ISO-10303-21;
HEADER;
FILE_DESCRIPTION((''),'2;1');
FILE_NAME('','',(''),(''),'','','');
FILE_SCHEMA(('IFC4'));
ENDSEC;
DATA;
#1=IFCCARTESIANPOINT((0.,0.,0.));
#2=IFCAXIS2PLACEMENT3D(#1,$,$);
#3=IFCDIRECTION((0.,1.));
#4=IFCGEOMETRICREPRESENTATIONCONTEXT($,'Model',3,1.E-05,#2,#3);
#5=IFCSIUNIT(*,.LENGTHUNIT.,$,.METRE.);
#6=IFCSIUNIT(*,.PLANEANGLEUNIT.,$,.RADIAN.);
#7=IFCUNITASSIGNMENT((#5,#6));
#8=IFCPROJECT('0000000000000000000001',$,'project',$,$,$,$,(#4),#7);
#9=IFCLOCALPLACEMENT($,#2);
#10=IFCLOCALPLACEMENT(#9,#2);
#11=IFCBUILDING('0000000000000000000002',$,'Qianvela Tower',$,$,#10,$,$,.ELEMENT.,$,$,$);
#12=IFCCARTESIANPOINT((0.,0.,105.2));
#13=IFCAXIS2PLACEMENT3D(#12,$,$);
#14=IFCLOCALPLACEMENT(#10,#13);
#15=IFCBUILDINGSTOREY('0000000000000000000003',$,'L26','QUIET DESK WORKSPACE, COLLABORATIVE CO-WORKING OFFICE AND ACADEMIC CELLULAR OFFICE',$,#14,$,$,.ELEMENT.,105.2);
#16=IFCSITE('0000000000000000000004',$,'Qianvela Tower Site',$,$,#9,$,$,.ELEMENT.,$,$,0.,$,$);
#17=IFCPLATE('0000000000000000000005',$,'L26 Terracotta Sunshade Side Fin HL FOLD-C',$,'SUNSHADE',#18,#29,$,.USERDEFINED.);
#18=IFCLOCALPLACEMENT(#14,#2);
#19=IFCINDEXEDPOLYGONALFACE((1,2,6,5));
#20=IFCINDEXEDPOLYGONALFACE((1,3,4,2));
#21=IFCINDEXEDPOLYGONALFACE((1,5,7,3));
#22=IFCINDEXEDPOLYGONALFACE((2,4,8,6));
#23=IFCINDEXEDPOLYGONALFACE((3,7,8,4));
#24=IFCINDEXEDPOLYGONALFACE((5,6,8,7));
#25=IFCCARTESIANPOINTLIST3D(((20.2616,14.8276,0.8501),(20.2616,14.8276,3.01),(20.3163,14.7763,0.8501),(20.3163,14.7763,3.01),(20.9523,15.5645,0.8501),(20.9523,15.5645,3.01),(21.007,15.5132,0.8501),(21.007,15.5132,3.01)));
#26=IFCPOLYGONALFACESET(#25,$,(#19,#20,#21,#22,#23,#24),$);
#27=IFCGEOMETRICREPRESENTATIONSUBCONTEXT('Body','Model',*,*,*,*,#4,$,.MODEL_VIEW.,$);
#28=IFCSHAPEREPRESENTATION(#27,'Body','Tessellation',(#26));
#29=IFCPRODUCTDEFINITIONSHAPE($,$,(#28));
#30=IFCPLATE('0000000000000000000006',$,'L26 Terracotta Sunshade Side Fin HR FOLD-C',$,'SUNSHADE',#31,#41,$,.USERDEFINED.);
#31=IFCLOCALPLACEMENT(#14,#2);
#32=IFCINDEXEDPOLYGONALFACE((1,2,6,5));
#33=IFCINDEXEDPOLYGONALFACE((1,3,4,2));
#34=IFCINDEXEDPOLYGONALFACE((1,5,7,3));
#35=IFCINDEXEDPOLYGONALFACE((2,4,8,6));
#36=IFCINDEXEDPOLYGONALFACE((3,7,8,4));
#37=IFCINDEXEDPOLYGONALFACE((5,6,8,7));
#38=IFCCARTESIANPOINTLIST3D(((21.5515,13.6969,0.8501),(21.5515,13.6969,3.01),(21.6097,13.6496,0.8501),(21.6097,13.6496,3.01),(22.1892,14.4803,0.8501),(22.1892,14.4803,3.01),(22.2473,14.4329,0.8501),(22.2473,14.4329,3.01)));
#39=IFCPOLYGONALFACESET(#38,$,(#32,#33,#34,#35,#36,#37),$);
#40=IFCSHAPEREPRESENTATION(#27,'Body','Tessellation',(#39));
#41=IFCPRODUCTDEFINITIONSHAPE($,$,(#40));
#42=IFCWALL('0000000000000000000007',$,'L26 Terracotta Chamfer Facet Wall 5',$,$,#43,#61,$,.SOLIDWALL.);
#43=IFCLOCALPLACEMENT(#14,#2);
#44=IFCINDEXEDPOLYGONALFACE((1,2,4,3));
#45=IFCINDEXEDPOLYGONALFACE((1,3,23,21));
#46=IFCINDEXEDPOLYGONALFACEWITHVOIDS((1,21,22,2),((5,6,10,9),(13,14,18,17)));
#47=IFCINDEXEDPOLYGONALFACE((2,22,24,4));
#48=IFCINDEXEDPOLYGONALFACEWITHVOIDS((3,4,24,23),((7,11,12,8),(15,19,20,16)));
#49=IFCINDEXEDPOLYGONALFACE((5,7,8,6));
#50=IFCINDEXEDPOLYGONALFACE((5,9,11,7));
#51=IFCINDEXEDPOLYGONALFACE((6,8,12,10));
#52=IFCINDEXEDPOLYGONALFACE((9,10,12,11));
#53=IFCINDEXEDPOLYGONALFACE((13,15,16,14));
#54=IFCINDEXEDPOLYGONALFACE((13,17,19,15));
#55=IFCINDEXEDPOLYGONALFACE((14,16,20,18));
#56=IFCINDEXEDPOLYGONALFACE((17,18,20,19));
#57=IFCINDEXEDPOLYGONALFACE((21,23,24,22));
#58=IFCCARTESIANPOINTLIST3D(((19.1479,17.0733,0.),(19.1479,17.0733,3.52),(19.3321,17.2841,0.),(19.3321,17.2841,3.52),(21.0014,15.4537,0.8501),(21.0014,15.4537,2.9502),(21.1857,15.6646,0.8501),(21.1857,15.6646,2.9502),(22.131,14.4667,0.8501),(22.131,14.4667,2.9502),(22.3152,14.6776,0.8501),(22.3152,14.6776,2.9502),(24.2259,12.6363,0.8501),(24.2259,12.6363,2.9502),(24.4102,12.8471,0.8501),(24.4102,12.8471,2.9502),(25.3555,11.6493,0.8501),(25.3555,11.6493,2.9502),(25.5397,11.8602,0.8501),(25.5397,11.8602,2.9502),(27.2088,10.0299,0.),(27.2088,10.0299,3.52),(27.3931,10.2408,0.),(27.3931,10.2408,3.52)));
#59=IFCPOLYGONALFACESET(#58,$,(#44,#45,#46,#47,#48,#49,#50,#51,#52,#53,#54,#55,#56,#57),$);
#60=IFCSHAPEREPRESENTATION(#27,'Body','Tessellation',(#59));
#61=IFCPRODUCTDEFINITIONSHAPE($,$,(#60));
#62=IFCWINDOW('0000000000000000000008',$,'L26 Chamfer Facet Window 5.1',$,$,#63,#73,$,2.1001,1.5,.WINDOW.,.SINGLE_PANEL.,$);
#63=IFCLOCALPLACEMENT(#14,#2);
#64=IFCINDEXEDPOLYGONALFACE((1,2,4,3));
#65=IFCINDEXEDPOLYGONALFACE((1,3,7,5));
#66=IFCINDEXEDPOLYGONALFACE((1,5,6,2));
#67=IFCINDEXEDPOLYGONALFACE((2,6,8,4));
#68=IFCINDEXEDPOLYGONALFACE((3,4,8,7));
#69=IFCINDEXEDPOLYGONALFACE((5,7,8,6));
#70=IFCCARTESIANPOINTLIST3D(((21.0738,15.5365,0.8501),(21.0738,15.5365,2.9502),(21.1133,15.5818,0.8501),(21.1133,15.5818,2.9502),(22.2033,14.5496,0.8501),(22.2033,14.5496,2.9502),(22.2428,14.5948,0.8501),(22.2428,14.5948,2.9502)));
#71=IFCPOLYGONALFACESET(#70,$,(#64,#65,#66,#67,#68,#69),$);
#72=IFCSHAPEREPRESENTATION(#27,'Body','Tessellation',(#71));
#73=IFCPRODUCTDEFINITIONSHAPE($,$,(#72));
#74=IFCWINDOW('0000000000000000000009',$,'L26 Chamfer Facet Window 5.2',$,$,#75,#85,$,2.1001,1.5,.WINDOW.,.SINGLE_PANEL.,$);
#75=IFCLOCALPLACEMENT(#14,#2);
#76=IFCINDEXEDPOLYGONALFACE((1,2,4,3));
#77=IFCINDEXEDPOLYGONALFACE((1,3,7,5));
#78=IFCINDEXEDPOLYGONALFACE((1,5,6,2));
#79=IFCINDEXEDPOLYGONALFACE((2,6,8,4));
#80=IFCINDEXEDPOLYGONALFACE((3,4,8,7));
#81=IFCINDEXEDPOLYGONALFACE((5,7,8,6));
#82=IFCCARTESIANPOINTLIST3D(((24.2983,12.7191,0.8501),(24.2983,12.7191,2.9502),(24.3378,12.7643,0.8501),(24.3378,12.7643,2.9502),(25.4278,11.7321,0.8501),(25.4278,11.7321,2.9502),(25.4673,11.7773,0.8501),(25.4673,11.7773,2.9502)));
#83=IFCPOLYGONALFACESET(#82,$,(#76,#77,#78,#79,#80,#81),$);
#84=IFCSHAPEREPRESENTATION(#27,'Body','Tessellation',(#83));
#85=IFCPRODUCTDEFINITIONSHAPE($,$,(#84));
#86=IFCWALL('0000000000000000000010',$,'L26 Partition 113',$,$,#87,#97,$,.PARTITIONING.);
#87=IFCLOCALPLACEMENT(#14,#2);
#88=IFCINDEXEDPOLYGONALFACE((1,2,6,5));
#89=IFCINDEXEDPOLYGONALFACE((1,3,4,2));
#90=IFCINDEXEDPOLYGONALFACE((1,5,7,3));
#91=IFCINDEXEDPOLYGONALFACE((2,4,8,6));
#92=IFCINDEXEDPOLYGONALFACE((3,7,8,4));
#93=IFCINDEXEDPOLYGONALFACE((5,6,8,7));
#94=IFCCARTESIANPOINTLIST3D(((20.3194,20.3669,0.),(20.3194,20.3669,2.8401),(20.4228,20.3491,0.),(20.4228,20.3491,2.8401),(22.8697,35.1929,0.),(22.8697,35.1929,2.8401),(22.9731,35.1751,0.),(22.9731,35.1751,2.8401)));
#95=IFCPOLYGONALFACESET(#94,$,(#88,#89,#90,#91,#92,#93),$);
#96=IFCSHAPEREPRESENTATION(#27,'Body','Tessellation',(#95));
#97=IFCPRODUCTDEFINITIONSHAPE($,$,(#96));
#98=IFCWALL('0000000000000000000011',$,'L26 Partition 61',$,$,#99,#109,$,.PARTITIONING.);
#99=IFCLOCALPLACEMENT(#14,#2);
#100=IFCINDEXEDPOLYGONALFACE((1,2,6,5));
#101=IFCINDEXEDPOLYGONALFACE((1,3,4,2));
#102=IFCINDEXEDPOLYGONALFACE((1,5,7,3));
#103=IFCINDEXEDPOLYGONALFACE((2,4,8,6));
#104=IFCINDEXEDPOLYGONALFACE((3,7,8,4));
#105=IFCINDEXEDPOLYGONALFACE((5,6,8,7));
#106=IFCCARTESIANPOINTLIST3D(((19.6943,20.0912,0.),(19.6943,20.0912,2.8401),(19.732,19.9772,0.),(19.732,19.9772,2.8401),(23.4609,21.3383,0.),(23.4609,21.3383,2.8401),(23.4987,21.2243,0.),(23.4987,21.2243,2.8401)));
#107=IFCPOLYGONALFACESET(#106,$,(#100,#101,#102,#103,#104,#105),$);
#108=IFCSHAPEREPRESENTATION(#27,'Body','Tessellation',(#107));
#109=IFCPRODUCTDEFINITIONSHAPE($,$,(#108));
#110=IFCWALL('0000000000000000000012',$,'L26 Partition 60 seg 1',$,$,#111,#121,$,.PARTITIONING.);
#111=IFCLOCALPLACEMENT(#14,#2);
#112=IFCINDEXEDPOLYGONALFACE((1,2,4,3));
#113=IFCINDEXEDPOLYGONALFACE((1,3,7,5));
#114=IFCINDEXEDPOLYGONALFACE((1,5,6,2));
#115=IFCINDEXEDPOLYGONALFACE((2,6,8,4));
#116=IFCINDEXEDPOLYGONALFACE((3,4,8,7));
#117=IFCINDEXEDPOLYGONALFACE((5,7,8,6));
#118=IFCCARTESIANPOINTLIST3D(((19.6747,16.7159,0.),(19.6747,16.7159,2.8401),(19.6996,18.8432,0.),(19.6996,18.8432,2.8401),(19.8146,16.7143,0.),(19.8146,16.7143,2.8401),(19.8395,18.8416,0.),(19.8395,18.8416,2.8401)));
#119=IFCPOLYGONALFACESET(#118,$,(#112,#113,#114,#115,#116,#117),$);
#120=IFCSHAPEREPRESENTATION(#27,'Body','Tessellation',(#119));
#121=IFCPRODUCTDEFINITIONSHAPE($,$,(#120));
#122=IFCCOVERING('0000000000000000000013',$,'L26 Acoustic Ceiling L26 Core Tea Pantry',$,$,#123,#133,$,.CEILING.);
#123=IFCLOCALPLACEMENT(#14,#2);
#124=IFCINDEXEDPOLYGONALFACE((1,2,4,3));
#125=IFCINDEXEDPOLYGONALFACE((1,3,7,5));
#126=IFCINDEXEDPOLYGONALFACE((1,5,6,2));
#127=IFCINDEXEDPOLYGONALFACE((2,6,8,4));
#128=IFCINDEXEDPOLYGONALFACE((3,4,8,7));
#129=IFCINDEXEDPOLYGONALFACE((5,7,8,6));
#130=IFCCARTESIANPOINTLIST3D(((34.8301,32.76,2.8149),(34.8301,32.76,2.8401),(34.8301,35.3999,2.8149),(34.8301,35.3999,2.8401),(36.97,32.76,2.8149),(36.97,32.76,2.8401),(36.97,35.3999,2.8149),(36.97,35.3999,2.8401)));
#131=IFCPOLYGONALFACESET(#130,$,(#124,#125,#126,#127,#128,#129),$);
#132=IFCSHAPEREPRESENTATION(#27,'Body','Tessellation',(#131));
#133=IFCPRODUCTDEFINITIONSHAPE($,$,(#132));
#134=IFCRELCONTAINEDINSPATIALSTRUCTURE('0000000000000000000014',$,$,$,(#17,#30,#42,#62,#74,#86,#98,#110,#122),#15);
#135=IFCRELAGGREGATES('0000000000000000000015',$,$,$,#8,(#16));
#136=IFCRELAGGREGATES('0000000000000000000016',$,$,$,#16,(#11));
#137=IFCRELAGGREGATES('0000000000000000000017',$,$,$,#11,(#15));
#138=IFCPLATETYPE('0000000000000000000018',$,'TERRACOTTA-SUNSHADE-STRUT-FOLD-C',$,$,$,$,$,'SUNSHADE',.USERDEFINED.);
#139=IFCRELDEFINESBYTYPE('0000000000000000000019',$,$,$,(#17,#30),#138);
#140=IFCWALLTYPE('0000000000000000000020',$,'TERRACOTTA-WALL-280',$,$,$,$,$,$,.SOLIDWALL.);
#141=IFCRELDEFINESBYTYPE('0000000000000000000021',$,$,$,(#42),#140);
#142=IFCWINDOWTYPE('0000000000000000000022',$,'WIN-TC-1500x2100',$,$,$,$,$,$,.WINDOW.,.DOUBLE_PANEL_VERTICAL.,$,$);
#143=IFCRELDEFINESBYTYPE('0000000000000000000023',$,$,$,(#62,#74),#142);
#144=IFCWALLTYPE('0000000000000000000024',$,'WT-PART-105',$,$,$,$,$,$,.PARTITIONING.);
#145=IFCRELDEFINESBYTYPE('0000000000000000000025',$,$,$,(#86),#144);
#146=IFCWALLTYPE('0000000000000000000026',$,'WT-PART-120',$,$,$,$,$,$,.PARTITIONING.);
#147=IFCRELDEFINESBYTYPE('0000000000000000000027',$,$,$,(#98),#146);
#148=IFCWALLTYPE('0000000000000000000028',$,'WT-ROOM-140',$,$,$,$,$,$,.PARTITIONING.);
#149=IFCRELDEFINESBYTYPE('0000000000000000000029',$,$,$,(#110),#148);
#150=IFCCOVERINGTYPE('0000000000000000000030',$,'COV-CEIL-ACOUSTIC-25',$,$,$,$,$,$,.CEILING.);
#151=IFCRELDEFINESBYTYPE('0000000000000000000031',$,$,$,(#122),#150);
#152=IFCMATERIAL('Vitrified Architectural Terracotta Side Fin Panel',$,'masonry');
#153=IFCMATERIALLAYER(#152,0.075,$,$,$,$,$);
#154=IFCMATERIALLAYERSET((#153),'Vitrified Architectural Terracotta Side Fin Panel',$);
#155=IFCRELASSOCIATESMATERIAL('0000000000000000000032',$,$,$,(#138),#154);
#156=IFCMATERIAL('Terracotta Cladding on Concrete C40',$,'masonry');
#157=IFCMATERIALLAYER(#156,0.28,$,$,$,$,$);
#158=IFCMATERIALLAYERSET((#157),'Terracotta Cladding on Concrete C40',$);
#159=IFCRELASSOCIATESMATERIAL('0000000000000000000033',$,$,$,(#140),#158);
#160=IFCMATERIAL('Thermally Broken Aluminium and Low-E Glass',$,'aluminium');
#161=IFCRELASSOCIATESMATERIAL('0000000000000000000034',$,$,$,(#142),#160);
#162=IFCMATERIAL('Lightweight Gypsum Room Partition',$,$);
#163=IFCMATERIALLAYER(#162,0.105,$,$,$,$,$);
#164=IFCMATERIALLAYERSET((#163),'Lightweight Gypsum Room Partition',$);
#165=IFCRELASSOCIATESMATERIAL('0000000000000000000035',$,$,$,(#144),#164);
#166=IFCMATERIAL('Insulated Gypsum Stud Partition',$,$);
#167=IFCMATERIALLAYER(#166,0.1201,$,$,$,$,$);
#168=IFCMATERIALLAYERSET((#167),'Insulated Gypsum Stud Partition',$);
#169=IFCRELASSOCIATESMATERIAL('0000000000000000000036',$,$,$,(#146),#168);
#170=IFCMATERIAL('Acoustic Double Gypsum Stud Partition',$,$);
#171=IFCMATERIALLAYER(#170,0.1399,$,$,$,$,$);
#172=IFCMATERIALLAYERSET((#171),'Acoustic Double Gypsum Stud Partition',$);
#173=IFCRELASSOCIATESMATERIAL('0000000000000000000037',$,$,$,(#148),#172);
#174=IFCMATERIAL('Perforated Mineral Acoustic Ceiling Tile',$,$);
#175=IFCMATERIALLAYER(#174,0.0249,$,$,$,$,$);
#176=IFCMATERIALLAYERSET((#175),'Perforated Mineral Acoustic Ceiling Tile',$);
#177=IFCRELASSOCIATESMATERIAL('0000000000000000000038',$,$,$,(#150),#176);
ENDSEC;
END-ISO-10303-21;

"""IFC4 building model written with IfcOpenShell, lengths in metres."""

from ifc_helpers import new_model, si_unit, direction, frame, frame_2d, origin, origin_2d, place, context, subcontext, project, spatial, polyline, rectangle, outline, extrude, material, layer, layer_set, type_object, element, fill, save


model = new_model("IFC4")

# Units and contexts
model_context = context("Model", 3, precision=1e-05, world=origin(), true_north=direction((0.0, 1.0)))
body_context = subcontext(model_context, "Body", "Model", "MODEL_VIEW")
ifc_project = project(units=[si_unit("LENGTHUNIT", "METRE"), si_unit("PLANEANGLEUNIT", "RADIAN")], contexts=[model_context])

# Site, building, storey
site_placement = place(None, origin())
site = spatial("IfcSite", under=ifc_project, at=site_placement, Name="Qianvela Tower Site", CompositionType="ELEMENT", RefElevation=0.0)
building_placement = place(site_placement, origin())
building = spatial("IfcBuilding", under=site, at=building_placement, Name="Qianvela Tower", CompositionType="ELEMENT")
storey_placement = place(building_placement, frame((0.0, 0.0, 105.2)))
storey = spatial("IfcBuildingStorey", under=building, at=storey_placement, Name="L26", Description="QUIET DESK WORKSPACE, COLLABORATIVE CO-WORKING OFFICE AND ACADEMIC CELLULAR OFFICE", CompositionType="ELEMENT", Elevation=105.2)

# Plates
ifc_material_1 = material(Name="Vitrified Architectural Terracotta Side Fin Panel", Category="masonry")
ifc_layer_1 = layer(ifc_material_1, 0.075)
ifc_layer_set_1 = layer_set([ifc_layer_1], Name="Vitrified Architectural Terracotta Side Fin Panel")
plate_type_1 = type_object("IfcPlateType", Name="TERRACOTTA-SUNSHADE-STRUT-FOLD-C", ElementType="SUNSHADE", PredefinedType="USERDEFINED", material=ifc_layer_set_1)
for number, where, z_axis, x_axis, name in (
    (1, (20.6343, 15.1704, 0.8501), (0.0, 0.0, 1.0), (0.729611, -0.683862, 0.0), "L26 Terracotta Sunshade Side Fin HL FOLD-C"),
    (2, (21.8994, 14.0649, 0.8501), (0.0, 0.0, 1.0), (0.775538, -0.631301, 0.0), "L26 Terracotta Sunshade Side Fin HR FOLD-C"),
):
    element("IfcPlate", number, at=place(storey_placement, frame(where, z_axis=z_axis, x_axis=x_axis)), inside=storey, type_object=plate_type_1, Name=name, ObjectType="SUNSHADE", PredefinedType="USERDEFINED", context=body_context, shape_type="SweptSolid", body=[
        extrude(rectangle(XDim=0.075, YDim=1.01, at=origin_2d()), origin(), (0.0, 0.0, 1.0), 2.1599),
    ])

# Wall, openings, windows
ifc_material_2 = material(Name="Terracotta Cladding on Concrete C40", Category="masonry")
ifc_layer_2 = layer(ifc_material_2, 0.28)
ifc_layer_set_2 = layer_set([ifc_layer_2], Name="Terracotta Cladding on Concrete C40")
wall_type_1 = type_object("IfcWallType", Name="TERRACOTTA-WALL-280", PredefinedType="SOLIDWALL", material=ifc_layer_set_2)
wall_1_placement = place(storey_placement, frame((19.24, 17.1787, 0.0), z_axis=(0.0, 0.0, 1.0), x_axis=(0.753037, -0.657978, 0.0)))
wall_1 = element("IfcWall", 3, at=wall_1_placement, inside=storey, type_object=wall_type_1, Name="L26 Terracotta Chamfer Facet Wall 5", PredefinedType="SOLIDWALL", context=body_context, shape_type="SweptSolid", body=[
    extrude(rectangle(XDim=10.7046, YDim=0.28, at=frame_2d((5.3523, 0.0))), origin(), (0.0, 0.0, 1.0), 3.52),
])
opening_1_placement = place(wall_1_placement, frame((2.4614, 0.0, 0.8501)))
opening_1 = element("IfcOpeningElement", 4, at=opening_1_placement, cuts=wall_1, PredefinedType="OPENING", context=body_context, shape_type="SweptSolid", body=[
    extrude(rectangle(XDim=1.5, YDim=2.1001, at=frame_2d((0.75, 1.05))), frame((0.0, 0.1499, 0.0), z_axis=(0.0, -1.0, 0.0), x_axis=(1.0, 0.0, 0.0)), (0.0, 0.0, 1.0), 0.3),
])
opening_2_placement = place(wall_1_placement, frame((6.7434, 0.0, 0.8501)))
opening_2 = element("IfcOpeningElement", 5, at=opening_2_placement, cuts=wall_1, PredefinedType="OPENING", context=body_context, shape_type="SweptSolid", body=[
    extrude(rectangle(XDim=1.5, YDim=2.1001, at=frame_2d((0.75, 1.05))), frame((0.0, 0.1499, 0.0), z_axis=(0.0, -1.0, 0.0), x_axis=(1.0, 0.0, 0.0)), (0.0, 0.0, 1.0), 0.3),
])
ifc_material_3 = material(Name="Thermally Broken Aluminium and Low-E Glass", Category="aluminium")
window_type = type_object("IfcWindowType", Name="WIN-TC-1500x2100", PartitioningType="DOUBLE_PANEL_VERTICAL", PredefinedType="WINDOW", material=ifc_material_3)
window_1_placement = place(opening_1_placement, origin())
window_1 = element("IfcWindow", 6, at=window_1_placement, inside=storey, type_object=window_type, Name="L26 Chamfer Facet Window 5.1", OverallHeight=2.1001, OverallWidth=1.5, PartitioningType="SINGLE_PANEL", PredefinedType="WINDOW", context=body_context, shape_type="SweptSolid", body=[
    extrude(rectangle(XDim=1.5, YDim=2.1001, at=frame_2d((0.75, 1.05))), frame((0.0, 0.03, 0.0), z_axis=(0.0, -1.0, 0.0), x_axis=(1.0, 0.0, 0.0)), (0.0, 0.0, 1.0), 0.0601),
])
fill(opening_1, window_1)
window_2_placement = place(opening_2_placement, origin())
window_2 = element("IfcWindow", 7, at=window_2_placement, inside=storey, type_object=window_type, Name="L26 Chamfer Facet Window 5.2", OverallHeight=2.1001, OverallWidth=1.5, PartitioningType="SINGLE_PANEL", PredefinedType="WINDOW", context=body_context, shape_type="SweptSolid", body=[
    extrude(rectangle(XDim=1.5, YDim=2.1001, at=frame_2d((0.75, 1.05))), frame((0.0, 0.03, 0.0), z_axis=(0.0, -1.0, 0.0), x_axis=(1.0, 0.0, 0.0)), (0.0, 0.0, 1.0), 0.0601),
])
fill(opening_2, window_2)

# Walls
ifc_material_4 = material(Name="Lightweight Gypsum Room Partition")
ifc_layer_3 = layer(ifc_material_4, 0.105)
ifc_layer_set_3 = layer_set([ifc_layer_3], Name="Lightweight Gypsum Room Partition")
wall_type_2 = type_object("IfcWallType", Name="WT-PART-105", PredefinedType="PARTITIONING", material=ifc_layer_set_3)
wall_2_placement = place(storey_placement, frame((20.3711, 20.3579, 0.0), z_axis=(0.0, 0.0, 1.0), x_axis=(0.169526, 0.985526, 0.0)))
element("IfcWall", 8, at=wall_2_placement, inside=storey, type_object=wall_type_2, Name="L26 Partition 113", PredefinedType="PARTITIONING", context=body_context, shape_type="SweptSolid", body=[
    extrude(rectangle(XDim=15.0437, YDim=0.105, at=frame_2d((7.522, 0.0))), origin(), (0.0, 0.0, 1.0), 2.8401),
])
ifc_material_5 = material(Name="Insulated Gypsum Stud Partition")
ifc_layer_4 = layer(ifc_material_5, 0.1201)
ifc_layer_set_4 = layer_set([ifc_layer_4], Name="Insulated Gypsum Stud Partition")
wall_type_3 = type_object("IfcWallType", Name="WT-PART-120", PredefinedType="PARTITIONING", material=ifc_layer_set_4)
wall_3_placement = place(storey_placement, frame((19.7131, 20.0342, 0.0), z_axis=(0.0, 0.0, 1.0), x_axis=(0.949321, 0.314307, 0.0)))
element("IfcWall", 9, at=wall_3_placement, inside=storey, type_object=wall_type_3, Name="L26 Partition 61", PredefinedType="PARTITIONING", context=body_context, shape_type="SweptSolid", body=[
    extrude(rectangle(XDim=3.9678, YDim=0.1201, at=frame_2d((1.9839, 0.0))), origin(), (0.0, 0.0, 1.0), 2.8401),
])
ifc_material_6 = material(Name="Acoustic Double Gypsum Stud Partition")
ifc_layer_5 = layer(ifc_material_6, 0.1399)
ifc_layer_set_5 = layer_set([ifc_layer_5], Name="Acoustic Double Gypsum Stud Partition")
wall_type_4 = type_object("IfcWallType", Name="WT-ROOM-140", PredefinedType="PARTITIONING", material=ifc_layer_set_5)
wall_4_placement = place(storey_placement, frame((19.7446, 16.7151, 0.0), z_axis=(0.0, 0.0, 1.0), x_axis=(0.011706, 0.999931, 0.0)))
element("IfcWall", 10, at=wall_4_placement, inside=storey, type_object=wall_type_4, Name="L26 Partition 60 seg 1", PredefinedType="PARTITIONING", context=body_context, shape_type="SweptSolid", body=[
    extrude(rectangle(XDim=2.1274, YDim=0.1399, at=frame_2d((1.0637, 0.0))), origin(), (0.0, 0.0, 1.0), 2.8401),
])

# Covering
ifc_material_7 = material(Name="Perforated Mineral Acoustic Ceiling Tile")
ifc_layer_6 = layer(ifc_material_7, 0.0249)
ifc_layer_set_6 = layer_set([ifc_layer_6], Name="Perforated Mineral Acoustic Ceiling Tile")
covering_type_1 = type_object("IfcCoveringType", Name="COV-CEIL-ACOUSTIC-25", PredefinedType="CEILING", material=ifc_layer_set_6)
covering_1_placement = place(storey_placement, frame((0.0, 0.0, 2.8149)))
element("IfcCovering", 11, at=covering_1_placement, inside=storey, type_object=covering_type_1, Name="L26 Acoustic Ceiling L26 Core Tea Pantry", PredefinedType="CEILING", context=body_context, shape_type="SweptSolid", body=[
    extrude(outline(polyline([(36.97, 32.76), (34.8301, 32.76), (34.8301, 35.3999), (36.97, 35.3999), (36.97, 32.76)])), origin(), (0.0, 0.0, 1.0), 0.0251),
])

save(model, "model.ifc")
